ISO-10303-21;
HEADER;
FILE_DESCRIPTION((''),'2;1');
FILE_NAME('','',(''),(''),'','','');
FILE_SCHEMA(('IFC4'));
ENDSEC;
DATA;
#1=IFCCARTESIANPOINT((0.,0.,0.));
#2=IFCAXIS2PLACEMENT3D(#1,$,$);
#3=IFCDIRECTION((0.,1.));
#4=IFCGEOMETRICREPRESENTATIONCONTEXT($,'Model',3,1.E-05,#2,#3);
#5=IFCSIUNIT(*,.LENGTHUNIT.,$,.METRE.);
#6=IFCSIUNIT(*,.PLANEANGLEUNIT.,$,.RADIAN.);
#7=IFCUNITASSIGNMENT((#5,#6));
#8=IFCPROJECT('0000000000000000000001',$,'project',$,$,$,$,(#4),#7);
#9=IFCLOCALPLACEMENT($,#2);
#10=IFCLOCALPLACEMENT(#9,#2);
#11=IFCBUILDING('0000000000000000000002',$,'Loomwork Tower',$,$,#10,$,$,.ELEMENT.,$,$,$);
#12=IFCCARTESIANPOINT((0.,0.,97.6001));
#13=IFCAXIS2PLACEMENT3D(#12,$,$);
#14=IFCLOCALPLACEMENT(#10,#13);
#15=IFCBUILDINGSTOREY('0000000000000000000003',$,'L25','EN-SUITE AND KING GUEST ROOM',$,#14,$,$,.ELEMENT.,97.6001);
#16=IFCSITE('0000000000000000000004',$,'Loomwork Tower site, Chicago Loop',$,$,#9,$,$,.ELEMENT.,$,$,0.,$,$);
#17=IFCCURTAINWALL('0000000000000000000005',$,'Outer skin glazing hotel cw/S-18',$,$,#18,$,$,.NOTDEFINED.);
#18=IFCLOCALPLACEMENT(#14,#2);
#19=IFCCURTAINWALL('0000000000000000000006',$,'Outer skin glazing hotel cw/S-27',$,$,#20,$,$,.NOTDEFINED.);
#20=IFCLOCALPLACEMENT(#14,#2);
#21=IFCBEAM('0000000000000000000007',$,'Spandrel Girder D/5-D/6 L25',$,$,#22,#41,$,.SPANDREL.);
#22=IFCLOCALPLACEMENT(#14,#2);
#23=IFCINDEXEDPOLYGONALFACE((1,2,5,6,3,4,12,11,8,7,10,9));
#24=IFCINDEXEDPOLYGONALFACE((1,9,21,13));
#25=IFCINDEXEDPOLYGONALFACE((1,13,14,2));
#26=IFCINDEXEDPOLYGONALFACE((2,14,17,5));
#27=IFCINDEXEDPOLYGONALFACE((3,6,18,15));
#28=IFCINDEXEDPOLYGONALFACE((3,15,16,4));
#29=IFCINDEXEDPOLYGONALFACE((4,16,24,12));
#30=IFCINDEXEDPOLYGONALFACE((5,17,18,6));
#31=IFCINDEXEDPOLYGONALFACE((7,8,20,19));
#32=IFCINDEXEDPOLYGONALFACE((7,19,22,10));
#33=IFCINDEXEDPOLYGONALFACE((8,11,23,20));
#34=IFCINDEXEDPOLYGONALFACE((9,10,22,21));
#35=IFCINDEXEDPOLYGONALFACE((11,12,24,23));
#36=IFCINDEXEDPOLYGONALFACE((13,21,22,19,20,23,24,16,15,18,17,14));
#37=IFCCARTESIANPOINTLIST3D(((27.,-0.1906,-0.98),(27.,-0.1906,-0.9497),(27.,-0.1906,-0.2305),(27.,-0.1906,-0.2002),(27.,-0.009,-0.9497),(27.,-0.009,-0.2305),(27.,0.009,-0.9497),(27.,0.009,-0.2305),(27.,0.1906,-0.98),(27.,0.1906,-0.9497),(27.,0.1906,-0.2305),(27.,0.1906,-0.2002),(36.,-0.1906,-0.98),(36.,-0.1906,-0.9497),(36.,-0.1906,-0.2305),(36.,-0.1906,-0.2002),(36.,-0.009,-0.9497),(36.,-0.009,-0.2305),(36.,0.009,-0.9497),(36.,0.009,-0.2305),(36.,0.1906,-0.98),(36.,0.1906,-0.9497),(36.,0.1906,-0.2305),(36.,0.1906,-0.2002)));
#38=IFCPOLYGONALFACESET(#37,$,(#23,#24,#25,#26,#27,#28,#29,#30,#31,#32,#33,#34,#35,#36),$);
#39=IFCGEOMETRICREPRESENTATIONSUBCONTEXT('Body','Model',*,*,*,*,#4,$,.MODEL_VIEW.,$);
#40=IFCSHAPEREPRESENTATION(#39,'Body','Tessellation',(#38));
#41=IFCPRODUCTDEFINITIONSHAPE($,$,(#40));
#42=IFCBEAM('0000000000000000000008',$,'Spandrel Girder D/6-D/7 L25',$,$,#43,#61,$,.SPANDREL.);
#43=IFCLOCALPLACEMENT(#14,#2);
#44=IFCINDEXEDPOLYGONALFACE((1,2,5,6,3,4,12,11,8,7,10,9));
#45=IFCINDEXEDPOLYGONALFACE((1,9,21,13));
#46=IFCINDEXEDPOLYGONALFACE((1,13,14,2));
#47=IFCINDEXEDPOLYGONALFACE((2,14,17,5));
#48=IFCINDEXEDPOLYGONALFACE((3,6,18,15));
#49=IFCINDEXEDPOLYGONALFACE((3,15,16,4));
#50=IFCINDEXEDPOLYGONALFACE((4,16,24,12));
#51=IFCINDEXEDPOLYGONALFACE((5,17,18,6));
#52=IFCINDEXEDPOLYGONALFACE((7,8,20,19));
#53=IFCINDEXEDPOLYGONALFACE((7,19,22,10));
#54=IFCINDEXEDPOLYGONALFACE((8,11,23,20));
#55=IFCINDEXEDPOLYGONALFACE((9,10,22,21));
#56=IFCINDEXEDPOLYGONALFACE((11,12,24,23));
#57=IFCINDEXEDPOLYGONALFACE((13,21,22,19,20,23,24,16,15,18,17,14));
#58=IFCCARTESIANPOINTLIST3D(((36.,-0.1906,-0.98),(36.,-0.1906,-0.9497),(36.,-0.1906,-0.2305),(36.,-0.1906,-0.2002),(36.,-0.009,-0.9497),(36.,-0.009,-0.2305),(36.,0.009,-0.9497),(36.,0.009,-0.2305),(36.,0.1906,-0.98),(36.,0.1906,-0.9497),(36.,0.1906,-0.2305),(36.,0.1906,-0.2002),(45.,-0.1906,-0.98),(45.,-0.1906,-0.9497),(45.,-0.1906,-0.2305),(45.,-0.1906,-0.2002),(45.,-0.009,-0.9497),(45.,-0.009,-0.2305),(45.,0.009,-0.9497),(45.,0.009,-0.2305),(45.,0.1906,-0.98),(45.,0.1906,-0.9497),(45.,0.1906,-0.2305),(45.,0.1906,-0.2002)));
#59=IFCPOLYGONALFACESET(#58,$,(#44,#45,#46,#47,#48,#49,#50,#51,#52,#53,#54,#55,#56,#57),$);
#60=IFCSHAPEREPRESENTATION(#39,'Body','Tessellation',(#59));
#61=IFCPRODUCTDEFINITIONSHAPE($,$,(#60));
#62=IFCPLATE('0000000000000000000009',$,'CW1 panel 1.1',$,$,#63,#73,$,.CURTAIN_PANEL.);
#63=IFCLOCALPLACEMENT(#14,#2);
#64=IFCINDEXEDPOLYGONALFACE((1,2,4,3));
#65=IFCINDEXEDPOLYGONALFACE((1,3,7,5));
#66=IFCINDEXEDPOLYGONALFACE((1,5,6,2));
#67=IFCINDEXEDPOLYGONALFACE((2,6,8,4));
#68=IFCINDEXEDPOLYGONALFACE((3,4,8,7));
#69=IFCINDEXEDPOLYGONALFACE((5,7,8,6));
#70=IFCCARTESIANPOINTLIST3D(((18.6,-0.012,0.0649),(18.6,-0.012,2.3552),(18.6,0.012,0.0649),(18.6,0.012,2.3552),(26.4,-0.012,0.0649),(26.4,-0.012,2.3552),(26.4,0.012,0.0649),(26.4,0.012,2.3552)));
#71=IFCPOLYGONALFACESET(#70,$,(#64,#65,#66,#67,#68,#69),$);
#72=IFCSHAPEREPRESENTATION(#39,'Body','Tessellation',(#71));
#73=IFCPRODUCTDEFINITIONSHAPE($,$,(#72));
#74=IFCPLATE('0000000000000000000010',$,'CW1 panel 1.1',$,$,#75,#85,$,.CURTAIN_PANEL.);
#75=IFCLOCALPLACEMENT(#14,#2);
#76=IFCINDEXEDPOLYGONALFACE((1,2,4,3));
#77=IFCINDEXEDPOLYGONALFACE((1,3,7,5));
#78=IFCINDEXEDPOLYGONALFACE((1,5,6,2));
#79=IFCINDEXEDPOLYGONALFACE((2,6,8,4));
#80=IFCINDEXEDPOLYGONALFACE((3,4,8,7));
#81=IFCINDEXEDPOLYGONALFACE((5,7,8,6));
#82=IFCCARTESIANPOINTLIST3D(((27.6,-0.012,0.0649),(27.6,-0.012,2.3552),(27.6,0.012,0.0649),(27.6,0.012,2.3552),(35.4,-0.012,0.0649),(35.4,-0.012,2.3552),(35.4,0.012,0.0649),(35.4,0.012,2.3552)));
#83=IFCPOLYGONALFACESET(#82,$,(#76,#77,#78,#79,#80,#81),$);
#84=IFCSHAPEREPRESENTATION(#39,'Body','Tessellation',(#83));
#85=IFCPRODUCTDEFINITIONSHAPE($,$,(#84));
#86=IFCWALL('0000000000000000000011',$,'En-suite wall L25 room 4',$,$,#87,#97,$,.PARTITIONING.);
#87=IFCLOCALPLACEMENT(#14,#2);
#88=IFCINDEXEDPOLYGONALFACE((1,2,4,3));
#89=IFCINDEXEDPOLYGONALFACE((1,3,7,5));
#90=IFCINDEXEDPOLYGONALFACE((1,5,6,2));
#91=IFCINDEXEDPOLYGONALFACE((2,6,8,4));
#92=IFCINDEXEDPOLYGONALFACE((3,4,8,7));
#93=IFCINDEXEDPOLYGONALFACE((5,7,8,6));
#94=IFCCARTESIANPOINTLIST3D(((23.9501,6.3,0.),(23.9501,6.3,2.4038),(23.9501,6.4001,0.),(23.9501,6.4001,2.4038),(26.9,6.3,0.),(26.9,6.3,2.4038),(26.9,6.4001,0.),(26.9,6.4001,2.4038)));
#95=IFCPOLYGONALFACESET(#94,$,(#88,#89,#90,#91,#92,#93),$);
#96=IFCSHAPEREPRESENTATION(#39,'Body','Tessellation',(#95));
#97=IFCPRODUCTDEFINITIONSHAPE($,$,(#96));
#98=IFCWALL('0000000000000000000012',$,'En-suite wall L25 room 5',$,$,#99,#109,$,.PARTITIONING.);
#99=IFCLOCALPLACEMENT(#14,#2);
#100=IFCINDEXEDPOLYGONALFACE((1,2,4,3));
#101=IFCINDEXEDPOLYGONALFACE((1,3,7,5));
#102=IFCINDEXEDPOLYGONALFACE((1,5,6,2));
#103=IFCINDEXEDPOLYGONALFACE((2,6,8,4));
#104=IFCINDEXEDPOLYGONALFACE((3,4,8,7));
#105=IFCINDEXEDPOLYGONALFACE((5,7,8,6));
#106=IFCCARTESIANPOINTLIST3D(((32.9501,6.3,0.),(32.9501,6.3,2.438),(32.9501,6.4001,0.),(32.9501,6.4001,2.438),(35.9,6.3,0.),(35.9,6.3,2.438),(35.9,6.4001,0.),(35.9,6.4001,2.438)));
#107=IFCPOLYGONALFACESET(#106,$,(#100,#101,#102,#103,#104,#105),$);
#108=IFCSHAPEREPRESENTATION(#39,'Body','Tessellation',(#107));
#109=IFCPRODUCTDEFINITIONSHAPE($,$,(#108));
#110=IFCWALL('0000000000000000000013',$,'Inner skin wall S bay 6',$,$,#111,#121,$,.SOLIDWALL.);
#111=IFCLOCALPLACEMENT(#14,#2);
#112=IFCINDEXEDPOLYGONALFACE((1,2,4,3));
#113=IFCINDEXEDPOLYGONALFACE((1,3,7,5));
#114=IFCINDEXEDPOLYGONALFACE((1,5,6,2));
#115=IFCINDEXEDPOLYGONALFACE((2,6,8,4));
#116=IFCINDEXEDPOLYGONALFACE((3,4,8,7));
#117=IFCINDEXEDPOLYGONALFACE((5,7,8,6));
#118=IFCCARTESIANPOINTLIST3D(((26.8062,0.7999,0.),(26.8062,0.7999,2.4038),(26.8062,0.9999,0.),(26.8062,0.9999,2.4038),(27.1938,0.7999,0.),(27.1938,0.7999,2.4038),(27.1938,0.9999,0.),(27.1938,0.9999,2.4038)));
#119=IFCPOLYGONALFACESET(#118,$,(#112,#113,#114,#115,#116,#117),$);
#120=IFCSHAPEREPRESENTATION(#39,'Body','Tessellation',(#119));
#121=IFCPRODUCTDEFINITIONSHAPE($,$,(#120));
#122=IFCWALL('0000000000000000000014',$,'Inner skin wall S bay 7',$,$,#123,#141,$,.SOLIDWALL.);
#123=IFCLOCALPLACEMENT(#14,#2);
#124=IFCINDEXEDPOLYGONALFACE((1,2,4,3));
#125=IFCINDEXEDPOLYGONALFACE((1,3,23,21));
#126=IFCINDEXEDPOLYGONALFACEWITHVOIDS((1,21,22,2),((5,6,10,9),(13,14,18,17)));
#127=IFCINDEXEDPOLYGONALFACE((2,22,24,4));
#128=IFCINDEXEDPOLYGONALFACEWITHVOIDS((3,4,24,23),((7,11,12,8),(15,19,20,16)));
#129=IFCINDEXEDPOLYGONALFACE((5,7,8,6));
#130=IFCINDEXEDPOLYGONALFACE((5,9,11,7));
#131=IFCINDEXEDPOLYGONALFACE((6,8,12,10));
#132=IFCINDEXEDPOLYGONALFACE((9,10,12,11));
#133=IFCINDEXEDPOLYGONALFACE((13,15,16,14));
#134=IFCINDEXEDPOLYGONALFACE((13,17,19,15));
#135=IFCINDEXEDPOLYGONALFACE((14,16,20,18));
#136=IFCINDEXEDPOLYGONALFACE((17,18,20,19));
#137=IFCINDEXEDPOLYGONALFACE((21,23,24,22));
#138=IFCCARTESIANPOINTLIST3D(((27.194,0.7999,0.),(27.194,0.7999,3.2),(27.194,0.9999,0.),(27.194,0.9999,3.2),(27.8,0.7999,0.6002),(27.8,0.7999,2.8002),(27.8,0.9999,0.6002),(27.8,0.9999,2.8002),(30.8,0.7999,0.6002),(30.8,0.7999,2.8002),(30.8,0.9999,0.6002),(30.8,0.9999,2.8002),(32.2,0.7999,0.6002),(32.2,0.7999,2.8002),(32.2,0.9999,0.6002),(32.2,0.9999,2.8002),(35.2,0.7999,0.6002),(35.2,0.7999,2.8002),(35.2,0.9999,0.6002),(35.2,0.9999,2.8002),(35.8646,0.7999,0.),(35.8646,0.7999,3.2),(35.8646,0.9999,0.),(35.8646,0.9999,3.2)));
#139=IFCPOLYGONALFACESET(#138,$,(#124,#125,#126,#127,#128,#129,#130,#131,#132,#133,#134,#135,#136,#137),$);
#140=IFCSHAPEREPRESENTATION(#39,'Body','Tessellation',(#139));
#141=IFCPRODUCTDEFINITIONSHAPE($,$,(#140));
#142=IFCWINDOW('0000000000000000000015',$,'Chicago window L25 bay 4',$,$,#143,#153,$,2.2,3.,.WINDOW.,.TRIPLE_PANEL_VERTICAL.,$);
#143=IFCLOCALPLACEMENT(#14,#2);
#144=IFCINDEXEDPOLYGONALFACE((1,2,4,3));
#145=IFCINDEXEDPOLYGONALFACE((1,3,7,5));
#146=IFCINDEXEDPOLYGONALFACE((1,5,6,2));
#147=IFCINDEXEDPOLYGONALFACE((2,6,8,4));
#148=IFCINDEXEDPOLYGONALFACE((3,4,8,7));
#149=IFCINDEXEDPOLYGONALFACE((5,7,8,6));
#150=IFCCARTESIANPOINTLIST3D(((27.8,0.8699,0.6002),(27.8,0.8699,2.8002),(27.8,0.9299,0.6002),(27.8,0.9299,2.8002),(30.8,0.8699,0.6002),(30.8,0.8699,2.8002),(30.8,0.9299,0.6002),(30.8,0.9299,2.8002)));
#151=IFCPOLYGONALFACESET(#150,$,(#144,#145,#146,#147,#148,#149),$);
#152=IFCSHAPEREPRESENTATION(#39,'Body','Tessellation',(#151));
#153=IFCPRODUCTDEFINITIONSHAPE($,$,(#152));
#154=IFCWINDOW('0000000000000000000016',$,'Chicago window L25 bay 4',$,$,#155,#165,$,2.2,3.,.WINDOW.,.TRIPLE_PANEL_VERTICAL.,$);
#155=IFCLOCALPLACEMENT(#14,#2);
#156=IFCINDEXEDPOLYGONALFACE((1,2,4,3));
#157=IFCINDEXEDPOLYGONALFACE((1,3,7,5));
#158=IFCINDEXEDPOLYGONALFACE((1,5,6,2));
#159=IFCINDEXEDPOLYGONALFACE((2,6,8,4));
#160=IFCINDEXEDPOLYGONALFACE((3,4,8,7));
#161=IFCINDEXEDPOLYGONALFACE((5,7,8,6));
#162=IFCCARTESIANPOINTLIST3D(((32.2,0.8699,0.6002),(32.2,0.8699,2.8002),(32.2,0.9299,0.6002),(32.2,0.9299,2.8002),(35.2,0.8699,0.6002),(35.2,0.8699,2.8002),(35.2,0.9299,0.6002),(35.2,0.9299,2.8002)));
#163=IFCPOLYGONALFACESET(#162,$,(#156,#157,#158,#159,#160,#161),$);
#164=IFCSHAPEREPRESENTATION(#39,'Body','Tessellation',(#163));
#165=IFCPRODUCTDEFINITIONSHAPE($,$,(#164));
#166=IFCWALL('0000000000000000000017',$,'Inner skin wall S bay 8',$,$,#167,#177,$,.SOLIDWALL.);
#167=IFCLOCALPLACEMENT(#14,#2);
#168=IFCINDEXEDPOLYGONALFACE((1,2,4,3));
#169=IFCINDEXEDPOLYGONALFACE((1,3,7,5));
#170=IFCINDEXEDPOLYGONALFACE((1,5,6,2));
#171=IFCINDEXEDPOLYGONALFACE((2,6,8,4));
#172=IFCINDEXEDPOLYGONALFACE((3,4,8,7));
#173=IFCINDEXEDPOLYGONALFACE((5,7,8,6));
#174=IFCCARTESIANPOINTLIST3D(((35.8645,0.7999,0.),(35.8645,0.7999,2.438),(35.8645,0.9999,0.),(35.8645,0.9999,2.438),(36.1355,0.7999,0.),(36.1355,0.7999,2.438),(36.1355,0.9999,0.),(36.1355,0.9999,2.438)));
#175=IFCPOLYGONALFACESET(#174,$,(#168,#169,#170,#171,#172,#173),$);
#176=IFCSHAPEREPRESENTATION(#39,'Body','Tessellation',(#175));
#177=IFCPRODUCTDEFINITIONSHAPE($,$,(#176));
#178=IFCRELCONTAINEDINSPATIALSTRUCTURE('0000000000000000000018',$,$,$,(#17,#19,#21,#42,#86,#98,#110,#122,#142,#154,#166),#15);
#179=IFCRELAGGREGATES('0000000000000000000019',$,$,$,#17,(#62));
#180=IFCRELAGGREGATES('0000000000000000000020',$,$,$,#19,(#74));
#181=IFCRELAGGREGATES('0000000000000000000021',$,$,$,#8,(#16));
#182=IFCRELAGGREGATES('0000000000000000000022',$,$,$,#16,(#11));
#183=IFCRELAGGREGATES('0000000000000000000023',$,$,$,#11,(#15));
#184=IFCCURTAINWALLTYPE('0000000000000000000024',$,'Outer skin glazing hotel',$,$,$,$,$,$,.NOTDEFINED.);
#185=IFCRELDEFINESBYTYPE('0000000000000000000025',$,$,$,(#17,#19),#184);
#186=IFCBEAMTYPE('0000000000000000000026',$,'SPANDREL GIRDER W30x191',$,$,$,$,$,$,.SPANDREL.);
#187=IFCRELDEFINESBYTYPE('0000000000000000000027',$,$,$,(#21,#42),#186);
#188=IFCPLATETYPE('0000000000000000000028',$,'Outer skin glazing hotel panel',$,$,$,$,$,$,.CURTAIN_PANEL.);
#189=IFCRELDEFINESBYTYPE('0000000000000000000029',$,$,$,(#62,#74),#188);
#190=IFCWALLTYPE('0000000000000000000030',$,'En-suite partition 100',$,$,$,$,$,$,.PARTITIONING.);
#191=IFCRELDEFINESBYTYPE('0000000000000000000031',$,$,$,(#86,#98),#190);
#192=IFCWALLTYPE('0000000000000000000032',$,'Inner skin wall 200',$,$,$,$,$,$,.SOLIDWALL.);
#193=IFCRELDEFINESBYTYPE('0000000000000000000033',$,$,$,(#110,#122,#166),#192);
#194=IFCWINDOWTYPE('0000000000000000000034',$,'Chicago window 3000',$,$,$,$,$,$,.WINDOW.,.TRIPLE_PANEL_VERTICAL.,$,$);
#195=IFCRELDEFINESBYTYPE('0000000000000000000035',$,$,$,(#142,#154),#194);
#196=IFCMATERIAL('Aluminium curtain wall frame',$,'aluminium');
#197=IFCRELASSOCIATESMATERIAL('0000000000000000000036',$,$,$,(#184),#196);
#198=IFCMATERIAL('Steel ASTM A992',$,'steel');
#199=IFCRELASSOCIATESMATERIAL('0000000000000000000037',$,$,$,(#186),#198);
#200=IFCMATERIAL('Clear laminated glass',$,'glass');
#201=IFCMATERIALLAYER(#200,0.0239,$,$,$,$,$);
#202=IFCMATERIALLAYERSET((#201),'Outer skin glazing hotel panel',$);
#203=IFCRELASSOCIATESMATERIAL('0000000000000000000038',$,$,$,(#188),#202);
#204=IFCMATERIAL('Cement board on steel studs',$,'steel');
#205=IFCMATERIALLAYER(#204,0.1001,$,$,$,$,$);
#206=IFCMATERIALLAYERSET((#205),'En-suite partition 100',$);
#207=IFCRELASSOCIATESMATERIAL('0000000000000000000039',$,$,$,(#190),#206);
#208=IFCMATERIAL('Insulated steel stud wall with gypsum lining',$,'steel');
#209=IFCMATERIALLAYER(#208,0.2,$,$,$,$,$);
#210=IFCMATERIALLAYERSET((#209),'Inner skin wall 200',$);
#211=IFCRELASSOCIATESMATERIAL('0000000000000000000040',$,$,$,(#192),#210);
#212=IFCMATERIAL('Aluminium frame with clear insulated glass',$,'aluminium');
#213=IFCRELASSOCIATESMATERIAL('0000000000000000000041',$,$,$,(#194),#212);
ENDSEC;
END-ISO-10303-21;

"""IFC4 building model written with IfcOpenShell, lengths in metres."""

from ifc_helpers import new_model, si_unit, direction, frame, frame_2d, origin, origin_2d, place, context, subcontext, project, spatial, rectangle, i_section, extrude, material, layer, layer_set, material_profile, profile_set, type_object, element, fill, aggregate, save


model = new_model("IFC4")

# Units and contexts
model_context = context("Model", 3, precision=1e-05, world=origin(), true_north=direction((0.0, 1.0)))
body_context = subcontext(model_context, "Body", "Model", "MODEL_VIEW")
ifc_project = project(units=[si_unit("LENGTHUNIT", "METRE"), si_unit("PLANEANGLEUNIT", "RADIAN")], contexts=[model_context])

# Site, building, storey
site_placement = place(None, origin())
site = spatial("IfcSite", under=ifc_project, at=site_placement, Name="Loomwork Tower site, Chicago Loop", CompositionType="ELEMENT", RefElevation=0.0)
building_placement = place(site_placement, origin())
building = spatial("IfcBuilding", under=site, at=building_placement, Name="Loomwork Tower", CompositionType="ELEMENT")
storey_placement = place(building_placement, frame((0.0, 0.0, 97.6001)))
storey = spatial("IfcBuildingStorey", under=building, at=storey_placement, Name="L25", Description="EN-SUITE AND KING GUEST ROOM", CompositionType="ELEMENT", Elevation=97.6001)

# Curtain wall
ifc_material_1 = material(Name="Aluminium curtain wall frame", Category="aluminium")
curtain_wall_type = type_object("IfcCurtainWallType", Name="Outer skin glazing hotel", PredefinedType="NOTDEFINED", material=ifc_material_1)
curtain_wall_1_placement = place(storey_placement, origin())
curtain_wall_1 = element("IfcCurtainWall", 1, at=curtain_wall_1_placement, inside=storey, type_object=curtain_wall_type, Name="Outer skin glazing hotel cw/S-18", PredefinedType="NOTDEFINED")

# Curtain wall
curtain_wall_2_placement = place(storey_placement, origin())
curtain_wall_2 = element("IfcCurtainWall", 2, at=curtain_wall_2_placement, inside=storey, type_object=curtain_wall_type, Name="Outer skin glazing hotel cw/S-27", PredefinedType="NOTDEFINED")

# Beams
ifc_material_2 = material(Name="Steel ASTM A992", Category="steel")
ifc_material_profile_1 = material_profile(ifc_material_2, i_section(OverallWidth=0.3811, OverallDepth=0.7798, WebThickness=0.0181, FlangeThickness=0.0303, at=origin_2d()), Name="W30x191")
ifc_profile_set_1 = profile_set([ifc_material_profile_1], Name="Steel ASTM A992")
beam_type_1 = type_object("IfcBeamType", Name="SPANDREL GIRDER W30x191", PredefinedType="SPANDREL", material=ifc_profile_set_1)
for number, where, z_axis, x_axis, name in (
    (3, (27.0, 0.0, -0.5901), (1.0, 0.0, 0.0), (0.0, 1.0, 0.0), "Spandrel Girder D/5-D/6 L25"),
    (4, (36.0, 0.0, -0.5901), (1.0, 0.0, 0.0), (0.0, 1.0, 0.0), "Spandrel Girder D/6-D/7 L25"),
):
    element("IfcBeam", number, at=place(storey_placement, frame(where, z_axis=z_axis, x_axis=x_axis)), inside=storey, type_object=beam_type_1, Name=name, PredefinedType="SPANDREL", context=body_context, shape_type="SweptSolid", body=[
        extrude(i_section(OverallWidth=0.3811, OverallDepth=0.7798, WebThickness=0.0181, FlangeThickness=0.0303, at=origin_2d()), origin(), (0.0, 0.0, 1.0), 9.0),
    ])

# Plates
ifc_material_3 = material(Name="Clear laminated glass", Category="glass")
ifc_layer_1 = layer(ifc_material_3, 0.0239)
ifc_layer_set_1 = layer_set([ifc_layer_1], Name="Outer skin glazing hotel panel")
plate_type = type_object("IfcPlateType", Name="Outer skin glazing hotel panel", PredefinedType="CURTAIN_PANEL", material=ifc_layer_set_1)
plate_1_placement = place(storey_placement, frame((22.5, 0.0, 0.0649), z_axis=(0.0, 0.0, 1.0), x_axis=(1.0, 0.0, 0.0)))
plate_1 = element("IfcPlate", 5, at=plate_1_placement, type_object=plate_type, Name="CW1 panel 1.1", PredefinedType="CURTAIN_PANEL", context=body_context, shape_type="SweptSolid", body=[
    extrude(rectangle(XDim=7.8, YDim=0.0239, at=origin_2d()), origin(), (0.0, 0.0, 1.0), 2.2903),
])
aggregate(curtain_wall_1, [plate_1])
plate_2_placement = place(storey_placement, frame((31.5, 0.0, 0.0649), z_axis=(0.0, 0.0, 1.0), x_axis=(1.0, 0.0, 0.0)))
plate_2 = element("IfcPlate", 6, at=plate_2_placement, type_object=plate_type, Name="CW1 panel 1.1", PredefinedType="CURTAIN_PANEL", context=body_context, shape_type="SweptSolid", body=[
    extrude(rectangle(XDim=7.8, YDim=0.0239, at=origin_2d()), origin(), (0.0, 0.0, 1.0), 2.2903),
])
aggregate(curtain_wall_2, [plate_2])

# Walls
ifc_material_4 = material(Name="Cement board on steel studs", Category="steel")
ifc_layer_2 = layer(ifc_material_4, 0.1001)
ifc_layer_set_2 = layer_set([ifc_layer_2], Name="En-suite partition 100")
wall_type_1 = type_object("IfcWallType", Name="En-suite partition 100", PredefinedType="PARTITIONING", material=ifc_layer_set_2)
wall_1_placement = place(storey_placement, frame((23.95, 6.3501, 0.0), z_axis=(0.0, 0.0, 1.0), x_axis=(1.0, 0.0, 0.0)))
element("IfcWall", 7, at=wall_1_placement, inside=storey, type_object=wall_type_1, Name="En-suite wall L25 room 4", PredefinedType="PARTITIONING", context=body_context, shape_type="SweptSolid", body=[
    extrude(rectangle(XDim=2.95, YDim=0.1001, at=frame_2d((1.4751, 0.0))), origin(), (0.0, 0.0, 1.0), 2.4038),
])
wall_2_placement = place(storey_placement, frame((32.95, 6.3501, 0.0), z_axis=(0.0, 0.0, 1.0), x_axis=(1.0, 0.0, 0.0)))
element("IfcWall", 8, at=wall_2_placement, inside=storey, type_object=wall_type_1, Name="En-suite wall L25 room 5", PredefinedType="PARTITIONING", context=body_context, shape_type="SweptSolid", body=[
    extrude(rectangle(XDim=2.95, YDim=0.1001, at=frame_2d((1.4751, 0.0))), origin(), (0.0, 0.0, 1.0), 2.438),
])
ifc_material_5 = material(Name="Insulated steel stud wall with gypsum lining", Category="steel")
ifc_layer_3 = layer(ifc_material_5, 0.2)
ifc_layer_set_3 = layer_set([ifc_layer_3], Name="Inner skin wall 200")
wall_type_2 = type_object("IfcWallType", Name="Inner skin wall 200", PredefinedType="SOLIDWALL", material=ifc_layer_set_3)
wall_3_placement = place(storey_placement, frame((26.8062, 0.8999, 0.0), z_axis=(0.0, 0.0, 1.0), x_axis=(1.0, 0.0, 0.0)))
element("IfcWall", 9, at=wall_3_placement, inside=storey, type_object=wall_type_2, Name="Inner skin wall S bay 6", PredefinedType="SOLIDWALL", context=body_context, shape_type="SweptSolid", body=[
    extrude(rectangle(XDim=0.3877, YDim=0.2, at=frame_2d((0.1938, 0.0))), origin(), (0.0, 0.0, 1.0), 2.4038),
])

# Wall, openings, windows
wall_4_placement = place(storey_placement, frame((27.1938, 0.8999, 0.0), z_axis=(0.0, 0.0, 1.0), x_axis=(1.0, 0.0, 0.0)))
wall_4 = element("IfcWall", 10, at=wall_4_placement, inside=storey, type_object=wall_type_2, Name="Inner skin wall S bay 7", PredefinedType="SOLIDWALL", context=body_context, shape_type="SweptSolid", body=[
    extrude(rectangle(XDim=8.6707, YDim=0.2, at=frame_2d((4.3354, 0.0))), origin(), (0.0, 0.0, 1.0), 3.2),
])
opening_1_placement = place(wall_4_placement, frame((0.6062, 0.0, 0.6001)))
opening_1 = element("IfcOpeningElement", 11, at=opening_1_placement, cuts=wall_4, PredefinedType="OPENING", context=body_context, shape_type="SweptSolid", body=[
    extrude(rectangle(XDim=3.0, YDim=2.2, at=frame_2d((1.5, 1.1001))), frame((0.0, 0.1099, 0.0), z_axis=(0.0, -1.0, 0.0), x_axis=(1.0, 0.0, 0.0)), (0.0, 0.0, 1.0), 0.22),
])
opening_2_placement = place(wall_4_placement, frame((5.0061, 0.0, 0.6001)))
opening_2 = element("IfcOpeningElement", 12, at=opening_2_placement, cuts=wall_4, PredefinedType="OPENING", context=body_context, shape_type="SweptSolid", body=[
    extrude(rectangle(XDim=3.0, YDim=2.2, at=frame_2d((1.5, 1.1001))), frame((0.0, 0.1099, 0.0), z_axis=(0.0, -1.0, 0.0), x_axis=(1.0, 0.0, 0.0)), (0.0, 0.0, 1.0), 0.22),
])
ifc_material_6 = material(Name="Aluminium frame with clear insulated glass", Category="aluminium")
window_type = type_object("IfcWindowType", Name="Chicago window 3000", PartitioningType="TRIPLE_PANEL_VERTICAL", PredefinedType="WINDOW", material=ifc_material_6)
window_1_placement = place(opening_1_placement, origin())
window_1 = element("IfcWindow", 13, at=window_1_placement, inside=storey, type_object=window_type, Name="Chicago window L25 bay 4", OverallHeight=2.2, OverallWidth=3.0, PartitioningType="TRIPLE_PANEL_VERTICAL", PredefinedType="WINDOW", context=body_context, shape_type="SweptSolid", body=[
    extrude(rectangle(XDim=3.0, YDim=2.2, at=frame_2d((1.5, 1.1001))), frame((0.0, 0.03, 0.0), z_axis=(0.0, -1.0, 0.0), x_axis=(1.0, 0.0, 0.0)), (0.0, 0.0, 1.0), 0.0601),
])
fill(opening_1, window_1)
window_2_placement = place(opening_2_placement, origin())
window_2 = element("IfcWindow", 14, at=window_2_placement, inside=storey, type_object=window_type, Name="Chicago window L25 bay 4", OverallHeight=2.2, OverallWidth=3.0, PartitioningType="TRIPLE_PANEL_VERTICAL", PredefinedType="WINDOW", context=body_context, shape_type="SweptSolid", body=[
    extrude(rectangle(XDim=3.0, YDim=2.2, at=frame_2d((1.5, 1.1001))), frame((0.0, 0.03, 0.0), z_axis=(0.0, -1.0, 0.0), x_axis=(1.0, 0.0, 0.0)), (0.0, 0.0, 1.0), 0.0601),
])
fill(opening_2, window_2)

# Wall
wall_5_placement = place(storey_placement, frame((35.8645, 0.8999, 0.0), z_axis=(0.0, 0.0, 1.0), x_axis=(1.0, 0.0, 0.0)))
element("IfcWall", 15, at=wall_5_placement, inside=storey, type_object=wall_type_2, Name="Inner skin wall S bay 8", PredefinedType="SOLIDWALL", context=body_context, shape_type="SweptSolid", body=[
    extrude(rectangle(XDim=0.271, YDim=0.2, at=frame_2d((0.1355, 0.0))), origin(), (0.0, 0.0, 1.0), 2.438),
])

save(model, "model.ifc")
